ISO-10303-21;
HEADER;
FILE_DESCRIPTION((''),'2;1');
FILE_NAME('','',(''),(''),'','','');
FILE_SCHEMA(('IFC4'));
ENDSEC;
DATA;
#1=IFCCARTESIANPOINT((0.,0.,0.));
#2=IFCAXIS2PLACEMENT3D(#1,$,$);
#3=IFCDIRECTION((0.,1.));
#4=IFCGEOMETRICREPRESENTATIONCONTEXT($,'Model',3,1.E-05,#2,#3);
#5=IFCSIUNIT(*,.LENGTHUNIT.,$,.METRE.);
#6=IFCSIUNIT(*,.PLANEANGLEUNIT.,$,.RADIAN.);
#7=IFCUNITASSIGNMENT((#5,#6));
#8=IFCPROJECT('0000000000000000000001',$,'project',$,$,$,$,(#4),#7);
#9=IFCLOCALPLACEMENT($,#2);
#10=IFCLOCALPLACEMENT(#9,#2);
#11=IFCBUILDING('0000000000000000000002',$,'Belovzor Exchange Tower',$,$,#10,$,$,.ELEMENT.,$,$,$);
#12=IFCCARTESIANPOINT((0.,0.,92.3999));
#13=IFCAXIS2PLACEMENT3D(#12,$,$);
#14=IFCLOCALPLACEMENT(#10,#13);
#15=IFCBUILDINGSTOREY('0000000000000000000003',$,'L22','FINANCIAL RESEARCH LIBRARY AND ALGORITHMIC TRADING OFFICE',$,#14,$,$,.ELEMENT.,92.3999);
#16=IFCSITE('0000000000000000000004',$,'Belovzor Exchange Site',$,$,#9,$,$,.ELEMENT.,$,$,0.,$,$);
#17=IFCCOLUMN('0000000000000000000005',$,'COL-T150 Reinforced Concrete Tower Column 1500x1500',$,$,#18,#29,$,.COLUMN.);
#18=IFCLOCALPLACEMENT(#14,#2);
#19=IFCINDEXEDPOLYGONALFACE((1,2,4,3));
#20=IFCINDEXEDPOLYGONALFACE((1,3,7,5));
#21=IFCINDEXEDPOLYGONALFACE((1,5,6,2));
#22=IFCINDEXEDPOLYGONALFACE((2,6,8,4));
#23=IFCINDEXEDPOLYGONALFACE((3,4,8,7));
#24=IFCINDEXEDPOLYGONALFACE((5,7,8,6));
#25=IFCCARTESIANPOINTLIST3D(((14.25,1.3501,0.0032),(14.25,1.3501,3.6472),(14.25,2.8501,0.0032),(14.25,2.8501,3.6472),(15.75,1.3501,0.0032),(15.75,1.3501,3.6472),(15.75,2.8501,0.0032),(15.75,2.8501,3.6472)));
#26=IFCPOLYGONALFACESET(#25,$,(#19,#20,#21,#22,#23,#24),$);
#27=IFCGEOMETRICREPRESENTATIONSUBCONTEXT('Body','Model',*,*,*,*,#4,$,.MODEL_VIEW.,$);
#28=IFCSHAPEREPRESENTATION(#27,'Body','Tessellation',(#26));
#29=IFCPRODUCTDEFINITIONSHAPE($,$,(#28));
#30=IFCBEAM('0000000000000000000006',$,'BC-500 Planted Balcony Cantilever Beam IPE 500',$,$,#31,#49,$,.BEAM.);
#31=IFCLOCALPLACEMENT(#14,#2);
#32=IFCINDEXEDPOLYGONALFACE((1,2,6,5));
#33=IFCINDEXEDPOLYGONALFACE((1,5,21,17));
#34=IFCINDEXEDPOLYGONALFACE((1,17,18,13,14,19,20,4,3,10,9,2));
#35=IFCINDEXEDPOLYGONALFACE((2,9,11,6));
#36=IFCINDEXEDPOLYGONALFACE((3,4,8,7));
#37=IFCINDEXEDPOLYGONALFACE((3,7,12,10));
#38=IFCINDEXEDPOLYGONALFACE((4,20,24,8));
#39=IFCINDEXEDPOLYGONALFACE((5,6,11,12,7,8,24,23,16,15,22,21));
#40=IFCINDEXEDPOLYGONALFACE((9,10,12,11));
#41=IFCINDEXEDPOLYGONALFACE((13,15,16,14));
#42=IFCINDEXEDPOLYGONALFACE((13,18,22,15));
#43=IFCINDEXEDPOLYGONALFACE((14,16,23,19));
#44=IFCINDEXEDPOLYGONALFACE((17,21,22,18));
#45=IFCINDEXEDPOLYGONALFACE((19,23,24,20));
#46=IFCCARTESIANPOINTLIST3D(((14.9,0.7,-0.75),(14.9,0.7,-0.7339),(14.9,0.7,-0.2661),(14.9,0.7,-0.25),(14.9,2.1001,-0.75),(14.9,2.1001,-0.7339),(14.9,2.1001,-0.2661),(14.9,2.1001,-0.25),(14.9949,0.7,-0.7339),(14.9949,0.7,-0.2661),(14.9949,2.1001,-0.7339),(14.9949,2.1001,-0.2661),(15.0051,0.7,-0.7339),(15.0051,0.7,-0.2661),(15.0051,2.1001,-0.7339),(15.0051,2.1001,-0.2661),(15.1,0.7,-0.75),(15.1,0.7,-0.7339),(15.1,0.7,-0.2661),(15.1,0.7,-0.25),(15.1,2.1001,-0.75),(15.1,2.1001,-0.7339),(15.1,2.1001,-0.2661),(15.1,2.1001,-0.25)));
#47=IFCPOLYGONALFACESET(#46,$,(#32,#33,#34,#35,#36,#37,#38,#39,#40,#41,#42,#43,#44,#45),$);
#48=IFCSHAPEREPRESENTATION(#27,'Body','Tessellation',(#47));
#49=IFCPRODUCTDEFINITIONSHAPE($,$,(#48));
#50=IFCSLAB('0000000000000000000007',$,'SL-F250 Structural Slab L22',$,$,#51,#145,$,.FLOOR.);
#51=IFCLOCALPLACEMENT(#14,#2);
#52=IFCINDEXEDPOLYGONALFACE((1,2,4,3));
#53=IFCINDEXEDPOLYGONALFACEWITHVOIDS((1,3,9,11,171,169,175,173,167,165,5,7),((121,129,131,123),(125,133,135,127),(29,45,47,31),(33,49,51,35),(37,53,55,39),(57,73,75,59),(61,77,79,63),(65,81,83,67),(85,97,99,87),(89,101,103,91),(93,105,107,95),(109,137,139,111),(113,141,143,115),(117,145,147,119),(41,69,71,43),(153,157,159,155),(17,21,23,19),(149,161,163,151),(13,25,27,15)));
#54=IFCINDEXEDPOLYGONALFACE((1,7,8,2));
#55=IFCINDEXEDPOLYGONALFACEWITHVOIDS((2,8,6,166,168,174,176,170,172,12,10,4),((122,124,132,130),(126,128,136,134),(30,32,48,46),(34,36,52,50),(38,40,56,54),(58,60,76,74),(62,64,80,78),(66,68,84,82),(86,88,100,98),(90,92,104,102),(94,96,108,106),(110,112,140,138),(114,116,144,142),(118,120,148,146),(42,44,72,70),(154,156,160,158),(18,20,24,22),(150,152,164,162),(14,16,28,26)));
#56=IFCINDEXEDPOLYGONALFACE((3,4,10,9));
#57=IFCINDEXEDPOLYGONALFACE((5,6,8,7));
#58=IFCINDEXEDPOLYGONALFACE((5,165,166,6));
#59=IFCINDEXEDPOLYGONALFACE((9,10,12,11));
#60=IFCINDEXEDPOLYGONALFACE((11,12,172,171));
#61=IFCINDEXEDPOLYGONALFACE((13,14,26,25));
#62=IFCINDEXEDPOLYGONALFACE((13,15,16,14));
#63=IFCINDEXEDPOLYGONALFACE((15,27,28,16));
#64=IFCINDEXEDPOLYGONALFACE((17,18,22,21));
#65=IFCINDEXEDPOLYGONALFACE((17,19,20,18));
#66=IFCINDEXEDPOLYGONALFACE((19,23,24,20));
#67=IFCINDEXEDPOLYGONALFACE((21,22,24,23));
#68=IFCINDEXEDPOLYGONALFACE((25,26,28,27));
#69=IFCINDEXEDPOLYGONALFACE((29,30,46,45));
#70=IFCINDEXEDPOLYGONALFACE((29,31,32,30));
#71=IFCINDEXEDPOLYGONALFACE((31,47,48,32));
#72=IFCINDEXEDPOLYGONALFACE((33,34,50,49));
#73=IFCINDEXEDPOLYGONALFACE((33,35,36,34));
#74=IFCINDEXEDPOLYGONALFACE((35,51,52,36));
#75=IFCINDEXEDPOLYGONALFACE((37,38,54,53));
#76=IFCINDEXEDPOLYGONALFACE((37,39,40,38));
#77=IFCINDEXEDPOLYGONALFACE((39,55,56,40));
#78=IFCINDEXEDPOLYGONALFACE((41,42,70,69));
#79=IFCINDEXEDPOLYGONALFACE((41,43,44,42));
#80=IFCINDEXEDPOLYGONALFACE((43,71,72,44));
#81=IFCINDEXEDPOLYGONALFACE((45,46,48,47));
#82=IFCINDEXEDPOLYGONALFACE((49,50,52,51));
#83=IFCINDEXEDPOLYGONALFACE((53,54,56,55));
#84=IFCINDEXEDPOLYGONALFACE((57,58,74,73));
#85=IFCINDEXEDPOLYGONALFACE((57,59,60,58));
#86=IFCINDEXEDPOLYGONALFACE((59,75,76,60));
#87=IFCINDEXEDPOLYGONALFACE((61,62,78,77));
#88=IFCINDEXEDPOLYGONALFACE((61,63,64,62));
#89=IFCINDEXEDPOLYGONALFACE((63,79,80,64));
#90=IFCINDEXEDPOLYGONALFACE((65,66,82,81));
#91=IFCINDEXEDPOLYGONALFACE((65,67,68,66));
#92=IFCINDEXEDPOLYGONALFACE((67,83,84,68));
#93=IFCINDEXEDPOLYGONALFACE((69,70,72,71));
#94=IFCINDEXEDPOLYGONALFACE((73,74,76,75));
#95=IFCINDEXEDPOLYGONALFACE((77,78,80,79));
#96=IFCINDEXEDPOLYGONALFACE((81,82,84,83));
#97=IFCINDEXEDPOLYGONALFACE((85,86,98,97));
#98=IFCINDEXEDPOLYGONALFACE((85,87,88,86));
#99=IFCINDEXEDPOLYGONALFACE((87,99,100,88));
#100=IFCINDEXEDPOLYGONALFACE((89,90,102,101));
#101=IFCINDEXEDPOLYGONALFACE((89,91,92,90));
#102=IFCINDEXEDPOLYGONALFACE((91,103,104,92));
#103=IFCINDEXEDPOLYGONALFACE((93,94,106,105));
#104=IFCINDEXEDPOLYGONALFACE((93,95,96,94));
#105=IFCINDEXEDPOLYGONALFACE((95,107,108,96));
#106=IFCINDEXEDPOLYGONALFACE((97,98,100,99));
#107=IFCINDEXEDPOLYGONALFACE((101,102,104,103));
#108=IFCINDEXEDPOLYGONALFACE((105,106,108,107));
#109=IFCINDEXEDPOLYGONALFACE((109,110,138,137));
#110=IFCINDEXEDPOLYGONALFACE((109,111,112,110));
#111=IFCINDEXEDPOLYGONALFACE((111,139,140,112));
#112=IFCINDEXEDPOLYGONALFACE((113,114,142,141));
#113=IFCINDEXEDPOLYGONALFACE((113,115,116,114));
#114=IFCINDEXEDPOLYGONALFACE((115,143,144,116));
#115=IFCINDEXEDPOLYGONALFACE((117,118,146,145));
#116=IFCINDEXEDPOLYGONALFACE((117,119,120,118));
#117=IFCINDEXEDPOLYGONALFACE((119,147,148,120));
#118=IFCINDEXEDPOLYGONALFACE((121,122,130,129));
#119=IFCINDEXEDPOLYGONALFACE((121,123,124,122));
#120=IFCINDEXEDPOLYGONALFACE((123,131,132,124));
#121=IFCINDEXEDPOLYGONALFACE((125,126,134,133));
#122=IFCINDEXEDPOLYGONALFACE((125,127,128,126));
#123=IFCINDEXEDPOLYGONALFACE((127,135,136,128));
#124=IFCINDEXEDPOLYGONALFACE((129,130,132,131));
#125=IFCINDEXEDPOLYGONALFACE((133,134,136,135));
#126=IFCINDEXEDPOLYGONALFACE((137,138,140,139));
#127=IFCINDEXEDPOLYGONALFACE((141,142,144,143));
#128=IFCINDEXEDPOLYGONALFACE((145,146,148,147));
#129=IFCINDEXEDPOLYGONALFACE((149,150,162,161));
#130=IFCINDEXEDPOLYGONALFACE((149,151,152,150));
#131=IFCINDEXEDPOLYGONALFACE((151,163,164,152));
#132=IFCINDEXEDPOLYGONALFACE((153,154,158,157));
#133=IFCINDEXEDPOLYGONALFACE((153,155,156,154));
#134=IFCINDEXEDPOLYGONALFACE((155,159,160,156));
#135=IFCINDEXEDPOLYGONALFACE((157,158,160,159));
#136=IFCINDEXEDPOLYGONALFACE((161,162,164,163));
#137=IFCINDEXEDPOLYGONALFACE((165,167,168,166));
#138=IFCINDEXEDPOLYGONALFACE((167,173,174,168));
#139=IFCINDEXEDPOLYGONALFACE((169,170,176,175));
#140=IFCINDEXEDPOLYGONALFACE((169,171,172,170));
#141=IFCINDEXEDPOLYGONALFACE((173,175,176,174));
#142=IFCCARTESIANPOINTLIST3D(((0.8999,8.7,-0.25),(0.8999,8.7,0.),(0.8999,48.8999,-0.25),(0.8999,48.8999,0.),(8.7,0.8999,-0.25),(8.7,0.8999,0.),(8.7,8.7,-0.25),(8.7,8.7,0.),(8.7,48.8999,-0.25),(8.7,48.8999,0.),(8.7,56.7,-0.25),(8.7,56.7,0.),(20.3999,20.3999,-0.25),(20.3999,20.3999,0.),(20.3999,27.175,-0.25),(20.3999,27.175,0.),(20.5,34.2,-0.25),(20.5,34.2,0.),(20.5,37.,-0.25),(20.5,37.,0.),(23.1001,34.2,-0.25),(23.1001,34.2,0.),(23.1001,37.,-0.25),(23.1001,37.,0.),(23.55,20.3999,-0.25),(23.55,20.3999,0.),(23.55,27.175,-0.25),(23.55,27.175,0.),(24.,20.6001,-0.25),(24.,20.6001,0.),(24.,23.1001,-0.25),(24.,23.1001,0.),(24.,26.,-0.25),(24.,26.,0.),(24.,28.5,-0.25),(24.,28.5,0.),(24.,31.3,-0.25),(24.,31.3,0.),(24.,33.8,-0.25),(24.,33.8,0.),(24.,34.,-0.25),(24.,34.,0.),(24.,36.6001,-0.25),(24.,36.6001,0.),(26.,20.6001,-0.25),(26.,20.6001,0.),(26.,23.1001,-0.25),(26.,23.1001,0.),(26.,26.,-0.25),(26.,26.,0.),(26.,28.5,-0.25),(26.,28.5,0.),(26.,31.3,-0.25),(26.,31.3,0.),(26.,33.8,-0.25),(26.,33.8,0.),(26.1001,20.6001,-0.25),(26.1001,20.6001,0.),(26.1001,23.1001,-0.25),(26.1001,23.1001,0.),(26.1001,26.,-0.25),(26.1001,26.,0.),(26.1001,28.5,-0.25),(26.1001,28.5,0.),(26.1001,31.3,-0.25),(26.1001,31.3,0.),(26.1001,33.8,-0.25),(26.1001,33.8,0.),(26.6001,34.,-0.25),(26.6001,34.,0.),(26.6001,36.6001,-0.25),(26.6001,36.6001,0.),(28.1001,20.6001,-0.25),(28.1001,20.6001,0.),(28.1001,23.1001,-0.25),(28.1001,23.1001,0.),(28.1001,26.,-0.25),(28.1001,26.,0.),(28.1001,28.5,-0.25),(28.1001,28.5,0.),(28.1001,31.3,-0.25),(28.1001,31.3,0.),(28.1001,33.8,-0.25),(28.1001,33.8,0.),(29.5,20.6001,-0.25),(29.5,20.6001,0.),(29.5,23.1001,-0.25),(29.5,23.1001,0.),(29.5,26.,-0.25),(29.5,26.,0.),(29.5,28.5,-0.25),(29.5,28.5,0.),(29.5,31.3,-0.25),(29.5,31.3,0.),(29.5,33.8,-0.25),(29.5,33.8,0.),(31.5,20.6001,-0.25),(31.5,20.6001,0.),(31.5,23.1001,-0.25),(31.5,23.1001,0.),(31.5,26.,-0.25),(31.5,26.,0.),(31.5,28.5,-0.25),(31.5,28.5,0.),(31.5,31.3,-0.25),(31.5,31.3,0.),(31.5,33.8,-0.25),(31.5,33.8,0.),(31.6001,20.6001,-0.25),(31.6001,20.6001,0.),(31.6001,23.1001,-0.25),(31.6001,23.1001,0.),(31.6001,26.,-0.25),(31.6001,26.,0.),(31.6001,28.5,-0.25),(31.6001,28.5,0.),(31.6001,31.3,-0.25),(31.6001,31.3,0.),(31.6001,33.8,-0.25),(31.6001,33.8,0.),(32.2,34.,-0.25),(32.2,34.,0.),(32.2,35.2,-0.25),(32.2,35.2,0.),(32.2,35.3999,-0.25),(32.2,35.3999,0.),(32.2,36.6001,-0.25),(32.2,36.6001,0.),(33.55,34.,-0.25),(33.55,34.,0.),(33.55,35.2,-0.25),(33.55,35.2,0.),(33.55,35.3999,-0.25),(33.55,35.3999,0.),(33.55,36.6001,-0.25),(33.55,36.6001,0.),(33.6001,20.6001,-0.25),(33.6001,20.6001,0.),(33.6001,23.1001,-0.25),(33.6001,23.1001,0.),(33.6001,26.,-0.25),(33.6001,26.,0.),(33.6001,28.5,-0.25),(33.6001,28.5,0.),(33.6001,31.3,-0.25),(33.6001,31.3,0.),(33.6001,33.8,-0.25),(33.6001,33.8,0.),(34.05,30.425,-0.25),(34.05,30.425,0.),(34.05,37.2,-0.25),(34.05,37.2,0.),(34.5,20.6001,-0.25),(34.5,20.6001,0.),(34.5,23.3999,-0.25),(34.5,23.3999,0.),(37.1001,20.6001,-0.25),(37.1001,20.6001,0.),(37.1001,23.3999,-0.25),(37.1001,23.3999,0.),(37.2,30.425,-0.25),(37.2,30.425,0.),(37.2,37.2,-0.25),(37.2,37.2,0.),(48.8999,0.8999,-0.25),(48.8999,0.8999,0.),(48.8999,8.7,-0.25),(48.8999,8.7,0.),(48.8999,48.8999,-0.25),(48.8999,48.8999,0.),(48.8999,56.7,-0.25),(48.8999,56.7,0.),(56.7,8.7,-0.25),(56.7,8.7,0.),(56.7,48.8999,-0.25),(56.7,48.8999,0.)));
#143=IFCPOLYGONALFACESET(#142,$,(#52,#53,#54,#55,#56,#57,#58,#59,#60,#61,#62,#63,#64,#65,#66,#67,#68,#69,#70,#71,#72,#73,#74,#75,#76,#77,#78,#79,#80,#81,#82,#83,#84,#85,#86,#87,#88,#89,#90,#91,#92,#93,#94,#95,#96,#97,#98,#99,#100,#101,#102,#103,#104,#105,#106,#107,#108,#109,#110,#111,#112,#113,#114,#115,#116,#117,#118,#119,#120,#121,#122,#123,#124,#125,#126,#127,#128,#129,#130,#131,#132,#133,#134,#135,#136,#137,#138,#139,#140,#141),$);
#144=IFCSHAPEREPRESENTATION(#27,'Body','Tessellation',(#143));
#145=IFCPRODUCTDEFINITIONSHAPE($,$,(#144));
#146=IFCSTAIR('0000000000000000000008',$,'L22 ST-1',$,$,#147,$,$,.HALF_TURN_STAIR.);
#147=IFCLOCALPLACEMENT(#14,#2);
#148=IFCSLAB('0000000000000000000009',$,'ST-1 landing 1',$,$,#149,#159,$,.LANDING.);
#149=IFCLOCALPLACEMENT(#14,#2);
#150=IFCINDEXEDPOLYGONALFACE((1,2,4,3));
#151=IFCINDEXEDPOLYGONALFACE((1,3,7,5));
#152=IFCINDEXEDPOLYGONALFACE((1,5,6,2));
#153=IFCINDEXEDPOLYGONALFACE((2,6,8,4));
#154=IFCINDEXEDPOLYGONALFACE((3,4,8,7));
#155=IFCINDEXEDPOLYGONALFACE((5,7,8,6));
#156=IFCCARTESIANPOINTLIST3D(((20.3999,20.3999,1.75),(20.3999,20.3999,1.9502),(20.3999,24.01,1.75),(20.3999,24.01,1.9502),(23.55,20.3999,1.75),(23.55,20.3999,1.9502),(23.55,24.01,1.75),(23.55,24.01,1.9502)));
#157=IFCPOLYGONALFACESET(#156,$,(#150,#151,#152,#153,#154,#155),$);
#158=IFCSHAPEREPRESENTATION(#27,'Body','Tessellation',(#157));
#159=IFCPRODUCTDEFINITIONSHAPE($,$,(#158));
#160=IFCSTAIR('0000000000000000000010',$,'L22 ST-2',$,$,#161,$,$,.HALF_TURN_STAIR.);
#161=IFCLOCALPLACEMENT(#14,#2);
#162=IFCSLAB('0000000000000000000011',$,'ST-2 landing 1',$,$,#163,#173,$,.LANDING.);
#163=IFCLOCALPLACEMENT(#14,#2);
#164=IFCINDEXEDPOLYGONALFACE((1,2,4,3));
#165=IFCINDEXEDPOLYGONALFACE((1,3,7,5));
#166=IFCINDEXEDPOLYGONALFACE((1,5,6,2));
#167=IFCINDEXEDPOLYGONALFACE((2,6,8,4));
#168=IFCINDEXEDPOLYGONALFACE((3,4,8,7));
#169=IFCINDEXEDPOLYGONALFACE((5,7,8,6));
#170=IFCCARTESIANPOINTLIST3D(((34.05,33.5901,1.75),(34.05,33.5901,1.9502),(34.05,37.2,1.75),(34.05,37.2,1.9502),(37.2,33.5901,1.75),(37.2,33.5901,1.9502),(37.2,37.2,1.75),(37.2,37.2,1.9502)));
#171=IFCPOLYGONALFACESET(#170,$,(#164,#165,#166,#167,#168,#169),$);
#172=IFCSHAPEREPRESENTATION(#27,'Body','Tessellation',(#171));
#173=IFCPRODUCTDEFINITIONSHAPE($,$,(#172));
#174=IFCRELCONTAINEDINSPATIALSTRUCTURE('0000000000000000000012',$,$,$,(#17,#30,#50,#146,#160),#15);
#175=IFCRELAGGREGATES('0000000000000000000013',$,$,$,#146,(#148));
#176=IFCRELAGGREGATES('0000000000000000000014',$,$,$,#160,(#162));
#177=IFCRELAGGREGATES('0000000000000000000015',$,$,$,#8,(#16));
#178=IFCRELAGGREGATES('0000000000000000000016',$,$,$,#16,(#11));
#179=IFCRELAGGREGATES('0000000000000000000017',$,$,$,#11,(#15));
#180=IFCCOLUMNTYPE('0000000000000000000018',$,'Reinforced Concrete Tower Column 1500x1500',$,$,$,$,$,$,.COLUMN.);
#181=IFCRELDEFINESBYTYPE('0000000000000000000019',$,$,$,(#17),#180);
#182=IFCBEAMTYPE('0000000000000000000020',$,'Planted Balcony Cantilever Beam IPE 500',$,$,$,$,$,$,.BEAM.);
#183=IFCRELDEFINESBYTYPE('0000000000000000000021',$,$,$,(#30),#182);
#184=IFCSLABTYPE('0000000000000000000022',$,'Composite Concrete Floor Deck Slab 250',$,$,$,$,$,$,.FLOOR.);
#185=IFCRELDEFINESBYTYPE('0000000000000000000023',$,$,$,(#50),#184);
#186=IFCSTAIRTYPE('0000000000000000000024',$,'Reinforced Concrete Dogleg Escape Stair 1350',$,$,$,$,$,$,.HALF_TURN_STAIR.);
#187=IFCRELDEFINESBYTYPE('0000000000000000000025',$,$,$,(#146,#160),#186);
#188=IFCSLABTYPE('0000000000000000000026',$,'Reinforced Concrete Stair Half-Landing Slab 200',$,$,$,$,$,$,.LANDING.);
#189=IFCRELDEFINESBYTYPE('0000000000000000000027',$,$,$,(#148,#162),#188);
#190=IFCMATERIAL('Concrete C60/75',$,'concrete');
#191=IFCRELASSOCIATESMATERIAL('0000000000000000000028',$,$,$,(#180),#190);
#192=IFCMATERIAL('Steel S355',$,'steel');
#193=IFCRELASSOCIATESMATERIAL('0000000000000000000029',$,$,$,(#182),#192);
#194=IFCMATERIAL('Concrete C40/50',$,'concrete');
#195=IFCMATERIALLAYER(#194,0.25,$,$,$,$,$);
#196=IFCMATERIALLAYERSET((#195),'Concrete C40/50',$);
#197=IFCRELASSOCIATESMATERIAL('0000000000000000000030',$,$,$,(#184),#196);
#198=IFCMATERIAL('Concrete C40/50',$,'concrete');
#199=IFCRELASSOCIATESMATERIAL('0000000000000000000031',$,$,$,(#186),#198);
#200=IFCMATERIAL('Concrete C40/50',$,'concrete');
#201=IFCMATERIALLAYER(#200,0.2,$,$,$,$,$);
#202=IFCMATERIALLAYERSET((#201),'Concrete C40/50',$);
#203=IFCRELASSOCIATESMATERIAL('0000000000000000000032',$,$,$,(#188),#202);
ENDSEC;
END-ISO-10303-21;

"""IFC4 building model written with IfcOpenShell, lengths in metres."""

from ifc_helpers import new_model, si_unit, direction, frame, origin, origin_2d, place, context, subcontext, project, spatial, polyline, rectangle, i_section, outline, extrude, material, layer, layer_set, material_profile, profile_set, type_object, element, aggregate, save


model = new_model("IFC4")

# Units and contexts
model_context = context("Model", 3, precision=1e-05, world=origin(), true_north=direction((0.0, 1.0)))
body_context = subcontext(model_context, "Body", "Model", "MODEL_VIEW")
ifc_project = project(units=[si_unit("LENGTHUNIT", "METRE"), si_unit("PLANEANGLEUNIT", "RADIAN")], contexts=[model_context])

# Site, building, storey
site_placement = place(None, origin())
site = spatial("IfcSite", under=ifc_project, at=site_placement, Name="Belovzor Exchange Site", CompositionType="ELEMENT", RefElevation=0.0)
building_placement = place(site_placement, origin())
building = spatial("IfcBuilding", under=site, at=building_placement, Name="Belovzor Exchange Tower", CompositionType="ELEMENT")
storey_placement = place(building_placement, frame((0.0, 0.0, 92.3999)))
storey = spatial("IfcBuildingStorey", under=building, at=storey_placement, Name="L22", Description="FINANCIAL RESEARCH LIBRARY AND ALGORITHMIC TRADING OFFICE", CompositionType="ELEMENT", Elevation=92.3999)

# Column
ifc_material_1 = material(Name="Concrete C60/75", Category="concrete")
ifc_material_profile_1 = material_profile(ifc_material_1, rectangle(XDim=1.5, YDim=1.5, at=origin_2d()))
ifc_profile_set_1 = profile_set([ifc_material_profile_1], Name="Concrete C60/75")
column_type = type_object("IfcColumnType", Name="Reinforced Concrete Tower Column 1500x1500", PredefinedType="COLUMN", material=ifc_profile_set_1)
column_placement = place(storey_placement, frame((15.0, 2.1001, 0.0032), z_axis=(0.0, 0.0, 1.0), x_axis=(1.0, 0.0, 0.0)))
element("IfcColumn", 1, at=column_placement, inside=storey, type_object=column_type, Name="COL-T150 Reinforced Concrete Tower Column 1500x1500", PredefinedType="COLUMN", context=body_context, shape_type="SweptSolid", body=[
    extrude(rectangle(XDim=1.5, YDim=1.5, at=origin_2d()), origin(), (0.0, 0.0, 1.0), 3.644),
])

# Beam
ifc_material_2 = material(Name="Steel S355", Category="steel")
ifc_material_profile_2 = material_profile(ifc_material_2, i_section(OverallWidth=0.2, OverallDepth=0.5, WebThickness=0.0103, FlangeThickness=0.0161, at=origin_2d()))
ifc_profile_set_2 = profile_set([ifc_material_profile_2], Name="Steel S355")
beam_type = type_object("IfcBeamType", Name="Planted Balcony Cantilever Beam IPE 500", PredefinedType="BEAM", material=ifc_profile_set_2)
beam_placement = place(storey_placement, frame((15.0, 2.1001, -0.5), z_axis=(0.0, -1.0, 0.0), x_axis=(1.0, 0.0, 0.0)))
element("IfcBeam", 2, at=beam_placement, inside=storey, type_object=beam_type, Name="BC-500 Planted Balcony Cantilever Beam IPE 500", PredefinedType="BEAM", context=body_context, shape_type="SweptSolid", body=[
    extrude(i_section(OverallWidth=0.2, OverallDepth=0.5, WebThickness=0.0103, FlangeThickness=0.0161, at=origin_2d()), origin(), (0.0, 0.0, 1.0), 1.4001),
])

# Slab
ifc_material_3 = material(Name="Concrete C40/50", Category="concrete")
ifc_layer_1 = layer(ifc_material_3, 0.25)
ifc_layer_set_1 = layer_set([ifc_layer_1], Name="Concrete C40/50")
slab_type_1 = type_object("IfcSlabType", Name="Composite Concrete Floor Deck Slab 250", PredefinedType="FLOOR", material=ifc_layer_set_1)
slab_1_placement = place(storey_placement, frame((0.0, 0.0, -0.25)))
element("IfcSlab", 3, at=slab_1_placement, inside=storey, type_object=slab_type_1, Name="SL-F250 Structural Slab L22", PredefinedType="FLOOR", context=body_context, shape_type="SweptSolid", body=[
    extrude(outline(polyline([(8.7, 0.8999), (48.8999, 0.8999), (48.8999, 8.7), (56.7, 8.7), (56.7, 48.8999), (48.8999, 48.8999), (48.8999, 56.7), (8.7, 56.7), (8.7, 48.8999), (0.8999, 48.8999), (0.8999, 8.7), (8.7, 8.7), (8.7, 0.8999)]), holes=[polyline([(20.3999, 27.175), (20.3999, 20.3999), (23.55, 20.3999), (23.55, 27.175), (20.3999, 27.175)]), polyline([(37.2, 30.425), (37.2, 37.2), (34.05, 37.2), (34.05, 30.425), (37.2, 30.425)]), polyline([(20.5, 34.2), (23.1001, 34.2), (23.1001, 37.0), (20.5, 37.0), (20.5, 34.2)]), polyline([(34.5, 20.6001), (37.1001, 20.6001), (37.1001, 23.3999), (34.5, 23.3999), (34.5, 20.6001)]), polyline([(24.0, 34.0), (26.6001, 34.0), (26.6001, 36.6001), (24.0, 36.6001), (24.0, 34.0)]), polyline([(24.0, 20.6001), (26.0, 20.6001), (26.0, 23.1001), (24.0, 23.1001), (24.0, 20.6001)]), polyline([(26.1001, 20.6001), (28.1001, 20.6001), (28.1001, 23.1001), (26.1001, 23.1001), (26.1001, 20.6001)]), polyline([(29.5, 20.6001), (31.5, 20.6001), (31.5, 23.1001), (29.5, 23.1001), (29.5, 20.6001)]), polyline([(31.6001, 20.6001), (33.6001, 20.6001), (33.6001, 23.1001), (31.6001, 23.1001), (31.6001, 20.6001)]), polyline([(24.0, 26.0), (26.0, 26.0), (26.0, 28.5), (24.0, 28.5), (24.0, 26.0)]), polyline([(26.1001, 26.0), (28.1001, 26.0), (28.1001, 28.5), (26.1001, 28.5), (26.1001, 26.0)]), polyline([(29.5, 26.0), (31.5, 26.0), (31.5, 28.5), (29.5, 28.5), (29.5, 26.0)]), polyline([(31.6001, 26.0), (33.6001, 26.0), (33.6001, 28.5), (31.6001, 28.5), (31.6001, 26.0)]), polyline([(24.0, 31.3), (26.0, 31.3), (26.0, 33.8), (24.0, 33.8), (24.0, 31.3)]), polyline([(26.1001, 31.3), (28.1001, 31.3), (28.1001, 33.8), (26.1001, 33.8), (26.1001, 31.3)]), polyline([(29.5, 31.3), (31.5, 31.3), (31.5, 33.8), (29.5, 33.8), (29.5, 31.3)]), polyline([(31.6001, 31.3), (33.6001, 31.3), (33.6001, 33.8), (31.6001, 33.8), (31.6001, 31.3)]), polyline([(32.2, 34.0), (33.55, 34.0), (33.55, 35.2), (32.2, 35.2), (32.2, 34.0)]), polyline([(32.2, 35.3999), (33.55, 35.3999), (33.55, 36.6001), (32.2, 36.6001), (32.2, 35.3999)])]), origin(), (0.0, 0.0, 1.0), 0.25),
])

# Stairs, slabs
ifc_material_4 = material(Name="Concrete C40/50", Category="concrete")
stair_type = type_object("IfcStairType", Name="Reinforced Concrete Dogleg Escape Stair 1350", PredefinedType="HALF_TURN_STAIR", material=ifc_material_4)
stair_1_placement = place(storey_placement, origin())
stair_1 = element("IfcStair", 4, at=stair_1_placement, inside=storey, type_object=stair_type, Name="L22 ST-1", PredefinedType="HALF_TURN_STAIR")
ifc_material_5 = material(Name="Concrete C40/50", Category="concrete")
ifc_layer_2 = layer(ifc_material_5, 0.2)
ifc_layer_set_2 = layer_set([ifc_layer_2], Name="Concrete C40/50")
slab_type_2 = type_object("IfcSlabType", Name="Reinforced Concrete Stair Half-Landing Slab 200", PredefinedType="LANDING", material=ifc_layer_set_2)
slab_2_placement = place(storey_placement, frame((0.0, 0.0, 1.75)))
slab_2 = element("IfcSlab", 5, at=slab_2_placement, type_object=slab_type_2, Name="ST-1 landing 1", PredefinedType="LANDING", context=body_context, shape_type="SweptSolid", body=[
    extrude(outline(polyline([(20.3999, 24.01), (20.3999, 20.3999), (23.55, 20.3999), (23.55, 24.01), (20.3999, 24.01)])), origin(), (0.0, 0.0, 1.0), 0.2002),
])
aggregate(stair_1, [slab_2])
stair_2_placement = place(storey_placement, origin())
stair_2 = element("IfcStair", 6, at=stair_2_placement, inside=storey, type_object=stair_type, Name="L22 ST-2", PredefinedType="HALF_TURN_STAIR")
slab_3_placement = place(storey_placement, frame((0.0, 0.0, 1.75)))
slab_3 = element("IfcSlab", 7, at=slab_3_placement, type_object=slab_type_2, Name="ST-2 landing 1", PredefinedType="LANDING", context=body_context, shape_type="SweptSolid", body=[
    extrude(outline(polyline([(37.2, 33.5901), (37.2, 37.2), (34.05, 37.2), (34.05, 33.5901), (37.2, 33.5901)])), origin(), (0.0, 0.0, 1.0), 0.2002),
])
aggregate(stair_2, [slab_3])

save(model, "model.ifc")
